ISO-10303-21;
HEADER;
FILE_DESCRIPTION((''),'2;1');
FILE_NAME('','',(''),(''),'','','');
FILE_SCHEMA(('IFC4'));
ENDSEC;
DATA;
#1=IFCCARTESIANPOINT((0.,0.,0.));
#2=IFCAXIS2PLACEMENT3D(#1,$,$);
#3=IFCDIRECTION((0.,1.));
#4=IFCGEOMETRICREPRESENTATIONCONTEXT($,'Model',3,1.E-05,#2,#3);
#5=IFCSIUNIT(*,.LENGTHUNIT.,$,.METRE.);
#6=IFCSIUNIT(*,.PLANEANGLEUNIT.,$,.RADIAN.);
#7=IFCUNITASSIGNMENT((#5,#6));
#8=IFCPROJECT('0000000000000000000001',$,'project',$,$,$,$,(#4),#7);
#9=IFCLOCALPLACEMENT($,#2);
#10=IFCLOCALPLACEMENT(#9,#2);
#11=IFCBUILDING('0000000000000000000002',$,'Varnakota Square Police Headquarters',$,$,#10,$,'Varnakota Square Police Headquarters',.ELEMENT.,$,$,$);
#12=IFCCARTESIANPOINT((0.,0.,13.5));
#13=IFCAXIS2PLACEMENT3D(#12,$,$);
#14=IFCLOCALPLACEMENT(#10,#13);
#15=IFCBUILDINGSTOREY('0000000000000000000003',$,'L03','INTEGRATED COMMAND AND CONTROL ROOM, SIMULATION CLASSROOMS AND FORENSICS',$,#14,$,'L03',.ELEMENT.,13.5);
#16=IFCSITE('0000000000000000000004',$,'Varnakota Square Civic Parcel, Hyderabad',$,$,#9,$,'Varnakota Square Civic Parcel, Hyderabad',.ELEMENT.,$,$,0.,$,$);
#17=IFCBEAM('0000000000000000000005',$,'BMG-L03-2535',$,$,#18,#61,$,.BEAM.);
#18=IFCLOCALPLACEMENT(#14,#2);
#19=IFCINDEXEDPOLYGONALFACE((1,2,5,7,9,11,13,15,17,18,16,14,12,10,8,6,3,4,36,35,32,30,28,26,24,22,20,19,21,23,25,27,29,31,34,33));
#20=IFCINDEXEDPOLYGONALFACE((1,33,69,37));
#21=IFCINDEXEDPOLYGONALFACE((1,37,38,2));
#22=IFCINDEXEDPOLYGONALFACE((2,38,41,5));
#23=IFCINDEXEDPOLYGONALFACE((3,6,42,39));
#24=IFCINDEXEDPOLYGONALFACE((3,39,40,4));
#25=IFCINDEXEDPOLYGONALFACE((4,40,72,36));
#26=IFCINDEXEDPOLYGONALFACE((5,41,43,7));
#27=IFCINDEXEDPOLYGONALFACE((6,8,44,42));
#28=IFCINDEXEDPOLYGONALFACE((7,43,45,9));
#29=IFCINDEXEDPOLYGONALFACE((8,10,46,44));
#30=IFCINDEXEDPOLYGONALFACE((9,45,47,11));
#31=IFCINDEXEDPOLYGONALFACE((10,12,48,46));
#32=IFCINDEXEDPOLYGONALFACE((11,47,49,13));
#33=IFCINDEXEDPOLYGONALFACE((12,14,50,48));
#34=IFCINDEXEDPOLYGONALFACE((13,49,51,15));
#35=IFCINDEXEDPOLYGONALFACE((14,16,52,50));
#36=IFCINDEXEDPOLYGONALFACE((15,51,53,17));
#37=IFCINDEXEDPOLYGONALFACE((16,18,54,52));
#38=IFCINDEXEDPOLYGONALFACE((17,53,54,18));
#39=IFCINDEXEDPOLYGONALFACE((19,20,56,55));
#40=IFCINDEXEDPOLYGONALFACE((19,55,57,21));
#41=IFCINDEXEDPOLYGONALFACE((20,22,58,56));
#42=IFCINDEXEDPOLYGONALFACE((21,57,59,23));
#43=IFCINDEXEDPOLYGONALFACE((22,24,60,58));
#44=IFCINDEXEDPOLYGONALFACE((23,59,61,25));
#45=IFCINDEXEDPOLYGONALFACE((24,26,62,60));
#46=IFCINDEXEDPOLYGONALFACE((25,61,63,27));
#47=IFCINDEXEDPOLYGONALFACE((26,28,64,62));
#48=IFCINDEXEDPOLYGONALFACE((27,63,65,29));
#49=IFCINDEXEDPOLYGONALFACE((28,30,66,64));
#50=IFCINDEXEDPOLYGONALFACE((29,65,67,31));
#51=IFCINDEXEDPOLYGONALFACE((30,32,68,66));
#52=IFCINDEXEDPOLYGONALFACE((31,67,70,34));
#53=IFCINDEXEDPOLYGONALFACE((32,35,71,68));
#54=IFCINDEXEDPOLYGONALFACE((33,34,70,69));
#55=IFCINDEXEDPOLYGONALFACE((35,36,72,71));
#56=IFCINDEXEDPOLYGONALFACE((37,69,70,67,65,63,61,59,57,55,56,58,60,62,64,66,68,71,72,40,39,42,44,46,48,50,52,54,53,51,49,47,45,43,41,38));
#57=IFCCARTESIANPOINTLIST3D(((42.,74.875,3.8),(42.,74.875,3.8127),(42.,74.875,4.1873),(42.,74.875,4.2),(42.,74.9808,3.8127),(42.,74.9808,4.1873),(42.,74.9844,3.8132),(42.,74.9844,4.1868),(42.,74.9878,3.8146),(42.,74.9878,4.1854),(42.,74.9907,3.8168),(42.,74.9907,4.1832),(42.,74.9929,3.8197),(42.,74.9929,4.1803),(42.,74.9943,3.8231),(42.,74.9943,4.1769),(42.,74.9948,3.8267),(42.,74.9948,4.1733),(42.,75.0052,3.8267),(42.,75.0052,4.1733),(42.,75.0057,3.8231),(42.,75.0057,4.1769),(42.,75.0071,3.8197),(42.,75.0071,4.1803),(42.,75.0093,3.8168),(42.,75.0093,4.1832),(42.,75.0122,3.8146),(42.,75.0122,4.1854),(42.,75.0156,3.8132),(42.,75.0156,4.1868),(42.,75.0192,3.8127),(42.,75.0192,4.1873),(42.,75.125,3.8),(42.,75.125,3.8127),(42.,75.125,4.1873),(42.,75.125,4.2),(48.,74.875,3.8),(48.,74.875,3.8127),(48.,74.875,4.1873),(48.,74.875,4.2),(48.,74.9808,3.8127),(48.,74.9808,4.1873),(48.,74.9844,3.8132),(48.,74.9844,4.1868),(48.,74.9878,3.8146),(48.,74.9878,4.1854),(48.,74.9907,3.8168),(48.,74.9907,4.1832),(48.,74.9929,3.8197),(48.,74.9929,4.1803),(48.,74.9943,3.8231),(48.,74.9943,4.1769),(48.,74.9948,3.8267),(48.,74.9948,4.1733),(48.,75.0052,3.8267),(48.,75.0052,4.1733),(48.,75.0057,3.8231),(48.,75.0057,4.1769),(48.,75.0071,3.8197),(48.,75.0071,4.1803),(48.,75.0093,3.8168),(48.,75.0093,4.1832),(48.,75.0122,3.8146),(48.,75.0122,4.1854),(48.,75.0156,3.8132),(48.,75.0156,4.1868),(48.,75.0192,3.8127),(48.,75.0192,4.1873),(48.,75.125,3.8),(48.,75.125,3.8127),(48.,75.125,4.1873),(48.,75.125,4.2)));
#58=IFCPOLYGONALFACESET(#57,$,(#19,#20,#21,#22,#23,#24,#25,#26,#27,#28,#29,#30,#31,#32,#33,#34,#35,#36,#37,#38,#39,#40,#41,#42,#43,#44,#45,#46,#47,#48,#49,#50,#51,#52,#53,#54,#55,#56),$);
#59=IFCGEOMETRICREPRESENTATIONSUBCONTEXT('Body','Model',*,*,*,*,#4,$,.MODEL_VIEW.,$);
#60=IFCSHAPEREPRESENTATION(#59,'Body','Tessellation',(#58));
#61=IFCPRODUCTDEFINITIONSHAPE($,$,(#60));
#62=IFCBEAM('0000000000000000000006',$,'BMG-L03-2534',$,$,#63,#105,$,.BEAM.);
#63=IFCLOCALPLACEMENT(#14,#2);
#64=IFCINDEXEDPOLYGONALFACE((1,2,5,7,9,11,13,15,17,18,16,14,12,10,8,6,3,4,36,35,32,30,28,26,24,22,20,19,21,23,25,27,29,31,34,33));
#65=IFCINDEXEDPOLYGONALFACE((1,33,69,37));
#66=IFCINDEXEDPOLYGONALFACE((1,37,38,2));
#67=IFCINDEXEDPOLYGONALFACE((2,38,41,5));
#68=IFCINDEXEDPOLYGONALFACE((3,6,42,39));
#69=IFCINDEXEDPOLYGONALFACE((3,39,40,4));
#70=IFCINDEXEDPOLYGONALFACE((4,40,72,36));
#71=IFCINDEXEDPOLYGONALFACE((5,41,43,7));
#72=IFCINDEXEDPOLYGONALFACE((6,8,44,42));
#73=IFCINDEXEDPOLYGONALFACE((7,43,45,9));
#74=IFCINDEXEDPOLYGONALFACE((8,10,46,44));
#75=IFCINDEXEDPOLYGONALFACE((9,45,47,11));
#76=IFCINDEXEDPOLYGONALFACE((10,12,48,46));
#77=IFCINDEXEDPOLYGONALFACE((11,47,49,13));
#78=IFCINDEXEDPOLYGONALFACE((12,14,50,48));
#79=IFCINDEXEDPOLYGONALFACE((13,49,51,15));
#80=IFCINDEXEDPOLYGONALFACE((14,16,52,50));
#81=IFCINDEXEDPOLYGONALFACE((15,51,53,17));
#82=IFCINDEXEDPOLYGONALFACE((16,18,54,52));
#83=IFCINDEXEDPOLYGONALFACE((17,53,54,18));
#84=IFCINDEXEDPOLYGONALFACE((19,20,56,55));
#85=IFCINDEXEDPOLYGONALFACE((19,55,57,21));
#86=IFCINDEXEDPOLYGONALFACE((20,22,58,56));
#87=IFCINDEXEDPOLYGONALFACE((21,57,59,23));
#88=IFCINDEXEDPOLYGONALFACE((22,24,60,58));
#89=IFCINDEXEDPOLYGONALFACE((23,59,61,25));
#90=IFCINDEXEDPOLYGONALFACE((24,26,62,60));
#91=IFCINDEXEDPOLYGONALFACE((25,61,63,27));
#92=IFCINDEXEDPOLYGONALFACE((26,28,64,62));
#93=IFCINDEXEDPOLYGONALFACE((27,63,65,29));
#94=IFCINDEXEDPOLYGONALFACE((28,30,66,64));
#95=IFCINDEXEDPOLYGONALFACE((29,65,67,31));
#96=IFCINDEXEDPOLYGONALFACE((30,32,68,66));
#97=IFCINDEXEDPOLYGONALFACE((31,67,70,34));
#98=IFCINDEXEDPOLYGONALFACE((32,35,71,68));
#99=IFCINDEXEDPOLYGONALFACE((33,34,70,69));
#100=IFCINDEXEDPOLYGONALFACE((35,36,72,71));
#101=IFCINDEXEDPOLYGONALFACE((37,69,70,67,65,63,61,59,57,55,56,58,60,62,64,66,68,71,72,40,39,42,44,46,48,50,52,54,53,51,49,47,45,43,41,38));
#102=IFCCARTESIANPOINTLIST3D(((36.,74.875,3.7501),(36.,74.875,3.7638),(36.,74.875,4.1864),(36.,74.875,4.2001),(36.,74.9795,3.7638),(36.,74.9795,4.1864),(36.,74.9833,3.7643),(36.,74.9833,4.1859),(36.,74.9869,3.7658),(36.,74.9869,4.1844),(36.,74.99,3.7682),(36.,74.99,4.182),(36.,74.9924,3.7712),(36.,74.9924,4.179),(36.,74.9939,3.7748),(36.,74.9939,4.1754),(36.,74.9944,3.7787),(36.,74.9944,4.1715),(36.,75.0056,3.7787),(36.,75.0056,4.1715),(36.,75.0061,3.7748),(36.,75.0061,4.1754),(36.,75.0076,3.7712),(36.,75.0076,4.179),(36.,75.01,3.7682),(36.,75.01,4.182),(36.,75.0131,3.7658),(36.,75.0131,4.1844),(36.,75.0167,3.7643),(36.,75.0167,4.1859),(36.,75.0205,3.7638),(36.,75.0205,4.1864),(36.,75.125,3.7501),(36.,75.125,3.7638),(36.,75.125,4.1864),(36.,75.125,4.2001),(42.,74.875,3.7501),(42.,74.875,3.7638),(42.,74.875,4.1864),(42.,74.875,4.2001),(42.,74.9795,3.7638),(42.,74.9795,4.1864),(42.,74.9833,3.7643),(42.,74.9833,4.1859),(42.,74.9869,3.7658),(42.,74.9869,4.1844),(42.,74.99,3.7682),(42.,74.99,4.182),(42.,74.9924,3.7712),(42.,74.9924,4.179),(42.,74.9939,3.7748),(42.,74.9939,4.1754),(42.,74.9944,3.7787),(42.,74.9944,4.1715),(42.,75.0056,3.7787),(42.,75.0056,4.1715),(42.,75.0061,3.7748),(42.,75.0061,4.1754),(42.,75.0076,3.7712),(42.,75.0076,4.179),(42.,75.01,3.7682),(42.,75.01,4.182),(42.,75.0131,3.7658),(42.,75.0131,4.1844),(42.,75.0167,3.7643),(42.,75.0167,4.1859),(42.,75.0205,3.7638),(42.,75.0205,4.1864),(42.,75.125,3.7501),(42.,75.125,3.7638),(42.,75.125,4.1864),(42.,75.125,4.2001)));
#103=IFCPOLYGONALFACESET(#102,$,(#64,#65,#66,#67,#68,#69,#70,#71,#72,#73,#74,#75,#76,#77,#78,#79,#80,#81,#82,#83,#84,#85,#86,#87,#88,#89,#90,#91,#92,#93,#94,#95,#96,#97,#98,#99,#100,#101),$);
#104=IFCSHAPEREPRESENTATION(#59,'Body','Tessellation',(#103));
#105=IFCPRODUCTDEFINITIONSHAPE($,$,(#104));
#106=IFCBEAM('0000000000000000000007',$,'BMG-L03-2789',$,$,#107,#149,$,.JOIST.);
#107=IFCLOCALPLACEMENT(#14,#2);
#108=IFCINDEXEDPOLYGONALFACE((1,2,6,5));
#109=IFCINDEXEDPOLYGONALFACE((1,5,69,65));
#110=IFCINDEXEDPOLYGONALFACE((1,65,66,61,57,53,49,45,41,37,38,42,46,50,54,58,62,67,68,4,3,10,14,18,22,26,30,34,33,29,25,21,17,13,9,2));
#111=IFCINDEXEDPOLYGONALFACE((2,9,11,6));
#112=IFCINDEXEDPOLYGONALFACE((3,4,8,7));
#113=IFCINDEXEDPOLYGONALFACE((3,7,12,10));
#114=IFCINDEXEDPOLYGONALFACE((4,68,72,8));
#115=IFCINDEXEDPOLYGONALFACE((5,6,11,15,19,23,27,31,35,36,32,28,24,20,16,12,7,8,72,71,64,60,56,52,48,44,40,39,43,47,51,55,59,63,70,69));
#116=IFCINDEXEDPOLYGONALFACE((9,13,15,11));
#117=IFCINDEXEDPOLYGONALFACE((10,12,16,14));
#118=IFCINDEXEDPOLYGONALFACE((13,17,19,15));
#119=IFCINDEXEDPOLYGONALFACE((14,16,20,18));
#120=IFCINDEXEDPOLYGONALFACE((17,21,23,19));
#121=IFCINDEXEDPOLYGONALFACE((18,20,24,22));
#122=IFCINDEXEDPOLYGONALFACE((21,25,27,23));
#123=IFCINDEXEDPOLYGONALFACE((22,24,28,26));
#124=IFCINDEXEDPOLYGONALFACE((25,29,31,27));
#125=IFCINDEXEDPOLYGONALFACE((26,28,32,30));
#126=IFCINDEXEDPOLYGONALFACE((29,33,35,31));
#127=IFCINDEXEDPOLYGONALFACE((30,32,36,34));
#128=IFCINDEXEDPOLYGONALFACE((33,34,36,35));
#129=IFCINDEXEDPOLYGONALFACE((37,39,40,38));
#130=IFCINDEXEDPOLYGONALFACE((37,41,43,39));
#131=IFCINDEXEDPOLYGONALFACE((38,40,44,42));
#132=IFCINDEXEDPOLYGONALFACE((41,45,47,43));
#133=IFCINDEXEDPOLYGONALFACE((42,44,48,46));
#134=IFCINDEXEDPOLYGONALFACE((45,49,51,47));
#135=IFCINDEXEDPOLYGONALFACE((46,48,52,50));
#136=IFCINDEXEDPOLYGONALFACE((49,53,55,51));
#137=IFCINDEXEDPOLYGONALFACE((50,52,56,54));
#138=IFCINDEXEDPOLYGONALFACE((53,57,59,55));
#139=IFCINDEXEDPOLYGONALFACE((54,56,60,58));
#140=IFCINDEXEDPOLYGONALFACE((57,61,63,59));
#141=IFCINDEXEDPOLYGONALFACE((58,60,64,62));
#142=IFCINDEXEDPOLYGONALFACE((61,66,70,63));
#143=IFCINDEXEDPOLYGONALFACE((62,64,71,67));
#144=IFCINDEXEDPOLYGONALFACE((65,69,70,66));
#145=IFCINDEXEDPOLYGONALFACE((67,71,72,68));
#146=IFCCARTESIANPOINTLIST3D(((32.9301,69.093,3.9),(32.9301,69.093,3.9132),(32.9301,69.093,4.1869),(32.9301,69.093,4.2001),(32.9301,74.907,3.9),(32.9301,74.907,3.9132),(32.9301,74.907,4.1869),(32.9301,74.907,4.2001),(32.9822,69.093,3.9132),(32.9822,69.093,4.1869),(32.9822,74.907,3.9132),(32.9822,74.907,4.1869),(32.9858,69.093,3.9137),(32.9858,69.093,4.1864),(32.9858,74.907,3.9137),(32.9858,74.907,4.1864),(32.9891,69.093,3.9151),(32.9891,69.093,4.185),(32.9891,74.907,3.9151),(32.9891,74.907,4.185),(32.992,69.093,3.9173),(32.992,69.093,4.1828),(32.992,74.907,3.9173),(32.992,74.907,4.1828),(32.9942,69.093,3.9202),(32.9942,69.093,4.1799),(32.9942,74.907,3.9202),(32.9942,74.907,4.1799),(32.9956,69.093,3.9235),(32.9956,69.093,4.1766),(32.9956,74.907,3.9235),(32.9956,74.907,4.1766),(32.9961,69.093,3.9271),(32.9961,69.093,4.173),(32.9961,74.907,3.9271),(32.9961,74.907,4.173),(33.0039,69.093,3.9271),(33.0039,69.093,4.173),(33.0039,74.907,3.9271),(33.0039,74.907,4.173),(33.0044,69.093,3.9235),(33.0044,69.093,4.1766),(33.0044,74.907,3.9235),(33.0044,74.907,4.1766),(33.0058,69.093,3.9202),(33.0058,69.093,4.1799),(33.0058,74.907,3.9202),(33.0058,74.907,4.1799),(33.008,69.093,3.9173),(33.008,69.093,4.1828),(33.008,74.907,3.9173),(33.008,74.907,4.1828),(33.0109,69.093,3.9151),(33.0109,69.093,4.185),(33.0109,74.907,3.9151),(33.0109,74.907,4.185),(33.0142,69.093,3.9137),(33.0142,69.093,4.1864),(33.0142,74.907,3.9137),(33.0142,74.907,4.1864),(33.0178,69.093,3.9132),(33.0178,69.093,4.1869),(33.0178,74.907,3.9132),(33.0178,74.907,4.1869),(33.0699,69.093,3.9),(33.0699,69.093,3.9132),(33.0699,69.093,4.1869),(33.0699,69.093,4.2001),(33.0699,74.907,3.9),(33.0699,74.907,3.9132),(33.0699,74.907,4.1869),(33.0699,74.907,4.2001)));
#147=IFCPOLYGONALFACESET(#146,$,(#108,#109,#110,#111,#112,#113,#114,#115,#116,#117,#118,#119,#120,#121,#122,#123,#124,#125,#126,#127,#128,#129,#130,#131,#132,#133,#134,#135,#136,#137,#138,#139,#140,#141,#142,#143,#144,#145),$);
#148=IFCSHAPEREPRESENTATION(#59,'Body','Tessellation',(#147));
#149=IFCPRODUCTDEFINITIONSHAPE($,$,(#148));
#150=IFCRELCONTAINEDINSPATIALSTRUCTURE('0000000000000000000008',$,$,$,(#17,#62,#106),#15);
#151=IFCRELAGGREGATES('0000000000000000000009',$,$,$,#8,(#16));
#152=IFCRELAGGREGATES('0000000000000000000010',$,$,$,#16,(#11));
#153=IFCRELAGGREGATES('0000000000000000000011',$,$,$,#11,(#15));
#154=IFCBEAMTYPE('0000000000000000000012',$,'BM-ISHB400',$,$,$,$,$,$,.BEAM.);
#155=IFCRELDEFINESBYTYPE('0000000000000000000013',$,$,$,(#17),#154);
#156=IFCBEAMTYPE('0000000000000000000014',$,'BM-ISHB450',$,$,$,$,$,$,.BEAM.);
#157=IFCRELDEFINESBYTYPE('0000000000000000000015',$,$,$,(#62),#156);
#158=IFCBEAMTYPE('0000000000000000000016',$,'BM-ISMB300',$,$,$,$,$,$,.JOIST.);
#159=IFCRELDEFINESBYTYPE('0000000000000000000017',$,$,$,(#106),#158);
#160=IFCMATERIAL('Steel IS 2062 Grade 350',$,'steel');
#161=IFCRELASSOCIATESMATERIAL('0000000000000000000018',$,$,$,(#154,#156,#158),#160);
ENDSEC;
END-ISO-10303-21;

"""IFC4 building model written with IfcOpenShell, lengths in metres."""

from ifc_helpers import new_model, si_unit, direction, frame, origin, origin_2d, place, context, subcontext, project, spatial, i_section, extrude, material, material_profile, profile_set, type_object, element, save


model = new_model("IFC4")

# Units and contexts
model_context = context("Model", 3, precision=1e-05, world=origin(), true_north=direction((0.0, 1.0)))
body_context = subcontext(model_context, "Body", "Model", "MODEL_VIEW")
ifc_project = project(units=[si_unit("LENGTHUNIT", "METRE"), si_unit("PLANEANGLEUNIT", "RADIAN")], contexts=[model_context])

# Site, building, storey
site_placement = place(None, origin())
site = spatial("IfcSite", under=ifc_project, at=site_placement, Name="Varnakota Square Civic Parcel, Hyderabad", LongName="Varnakota Square Civic Parcel, Hyderabad", CompositionType="ELEMENT", RefElevation=0.0)
building_placement = place(site_placement, origin())
building = spatial("IfcBuilding", under=site, at=building_placement, Name="Varnakota Square Police Headquarters", LongName="Varnakota Square Police Headquarters", CompositionType="ELEMENT")
storey_placement = place(building_placement, frame((0.0, 0.0, 13.5)))
storey = spatial("IfcBuildingStorey", under=building, at=storey_placement, Name="L03", Description="INTEGRATED COMMAND AND CONTROL ROOM, SIMULATION CLASSROOMS AND FORENSICS", LongName="L03", CompositionType="ELEMENT", Elevation=13.5)

# Shared definitions
ifc_material_1 = material(Name="Steel IS 2062 Grade 350", Category="steel")

# Beams
ifc_material_profile_1 = material_profile(ifc_material_1, i_section(OverallWidth=0.25, OverallDepth=0.3999, WebThickness=0.0105, FlangeThickness=0.0127, FilletRadius=0.0139, at=origin_2d()), Name="ISHB 400")
ifc_profile_set_1 = profile_set([ifc_material_profile_1], Name="Steel IS 2062 Grade 350")
beam_type_1 = type_object("IfcBeamType", Name="BM-ISHB400", PredefinedType="BEAM", material=ifc_profile_set_1)
beam_1_placement = place(storey_placement, frame((42.0, 75.0, 4.0), z_axis=(1.0, 0.0, 0.0), x_axis=(0.0, 1.0, 0.0)))
element("IfcBeam", 1, at=beam_1_placement, inside=storey, type_object=beam_type_1, Name="BMG-L03-2535", PredefinedType="BEAM", context=body_context, shape_type="SweptSolid", body=[
    extrude(i_section(OverallWidth=0.25, OverallDepth=0.3999, WebThickness=0.0105, FlangeThickness=0.0127, FilletRadius=0.0139, at=origin_2d()), origin(), (0.0, 0.0, 1.0), 6.0),
])
ifc_material_profile_2 = material_profile(ifc_material_1, i_section(OverallWidth=0.25, OverallDepth=0.45, WebThickness=0.0112, FlangeThickness=0.0137, FilletRadius=0.0149, at=origin_2d()), Name="ISHB 450")
ifc_profile_set_2 = profile_set([ifc_material_profile_2], Name="Steel IS 2062 Grade 350")
beam_type_2 = type_object("IfcBeamType", Name="BM-ISHB450", PredefinedType="BEAM", material=ifc_profile_set_2)
beam_2_placement = place(storey_placement, frame((36.0, 75.0, 3.9751), z_axis=(1.0, 0.0, 0.0), x_axis=(0.0, 1.0, 0.0)))
element("IfcBeam", 2, at=beam_2_placement, inside=storey, type_object=beam_type_2, Name="BMG-L03-2534", PredefinedType="BEAM", context=body_context, shape_type="SweptSolid", body=[
    extrude(i_section(OverallWidth=0.25, OverallDepth=0.45, WebThickness=0.0112, FlangeThickness=0.0137, FilletRadius=0.0149, at=origin_2d()), origin(), (0.0, 0.0, 1.0), 6.0),
])
ifc_material_profile_3 = material_profile(ifc_material_1, i_section(OverallWidth=0.1399, OverallDepth=0.3, WebThickness=0.0078, FlangeThickness=0.0132, FilletRadius=0.0139, at=origin_2d()), Name="ISMB 300")
ifc_profile_set_3 = profile_set([ifc_material_profile_3], Name="Steel IS 2062 Grade 350")
beam_type_3 = type_object("IfcBeamType", Name="BM-ISMB300", PredefinedType="JOIST", material=ifc_profile_set_3)
beam_3_placement = place(storey_placement, frame((33.0, 69.093, 4.05), z_axis=(0.0, 1.0, 0.0), x_axis=(-1.0, 0.0, 0.0)))
element("IfcBeam", 3, at=beam_3_placement, inside=storey, type_object=beam_type_3, Name="BMG-L03-2789", PredefinedType="JOIST", context=body_context, shape_type="SweptSolid", body=[
    extrude(i_section(OverallWidth=0.1399, OverallDepth=0.3, WebThickness=0.0078, FlangeThickness=0.0132, FilletRadius=0.0139, at=origin_2d()), origin(), (0.0, 0.0, 1.0), 5.814),
])

save(model, "model.ifc")
